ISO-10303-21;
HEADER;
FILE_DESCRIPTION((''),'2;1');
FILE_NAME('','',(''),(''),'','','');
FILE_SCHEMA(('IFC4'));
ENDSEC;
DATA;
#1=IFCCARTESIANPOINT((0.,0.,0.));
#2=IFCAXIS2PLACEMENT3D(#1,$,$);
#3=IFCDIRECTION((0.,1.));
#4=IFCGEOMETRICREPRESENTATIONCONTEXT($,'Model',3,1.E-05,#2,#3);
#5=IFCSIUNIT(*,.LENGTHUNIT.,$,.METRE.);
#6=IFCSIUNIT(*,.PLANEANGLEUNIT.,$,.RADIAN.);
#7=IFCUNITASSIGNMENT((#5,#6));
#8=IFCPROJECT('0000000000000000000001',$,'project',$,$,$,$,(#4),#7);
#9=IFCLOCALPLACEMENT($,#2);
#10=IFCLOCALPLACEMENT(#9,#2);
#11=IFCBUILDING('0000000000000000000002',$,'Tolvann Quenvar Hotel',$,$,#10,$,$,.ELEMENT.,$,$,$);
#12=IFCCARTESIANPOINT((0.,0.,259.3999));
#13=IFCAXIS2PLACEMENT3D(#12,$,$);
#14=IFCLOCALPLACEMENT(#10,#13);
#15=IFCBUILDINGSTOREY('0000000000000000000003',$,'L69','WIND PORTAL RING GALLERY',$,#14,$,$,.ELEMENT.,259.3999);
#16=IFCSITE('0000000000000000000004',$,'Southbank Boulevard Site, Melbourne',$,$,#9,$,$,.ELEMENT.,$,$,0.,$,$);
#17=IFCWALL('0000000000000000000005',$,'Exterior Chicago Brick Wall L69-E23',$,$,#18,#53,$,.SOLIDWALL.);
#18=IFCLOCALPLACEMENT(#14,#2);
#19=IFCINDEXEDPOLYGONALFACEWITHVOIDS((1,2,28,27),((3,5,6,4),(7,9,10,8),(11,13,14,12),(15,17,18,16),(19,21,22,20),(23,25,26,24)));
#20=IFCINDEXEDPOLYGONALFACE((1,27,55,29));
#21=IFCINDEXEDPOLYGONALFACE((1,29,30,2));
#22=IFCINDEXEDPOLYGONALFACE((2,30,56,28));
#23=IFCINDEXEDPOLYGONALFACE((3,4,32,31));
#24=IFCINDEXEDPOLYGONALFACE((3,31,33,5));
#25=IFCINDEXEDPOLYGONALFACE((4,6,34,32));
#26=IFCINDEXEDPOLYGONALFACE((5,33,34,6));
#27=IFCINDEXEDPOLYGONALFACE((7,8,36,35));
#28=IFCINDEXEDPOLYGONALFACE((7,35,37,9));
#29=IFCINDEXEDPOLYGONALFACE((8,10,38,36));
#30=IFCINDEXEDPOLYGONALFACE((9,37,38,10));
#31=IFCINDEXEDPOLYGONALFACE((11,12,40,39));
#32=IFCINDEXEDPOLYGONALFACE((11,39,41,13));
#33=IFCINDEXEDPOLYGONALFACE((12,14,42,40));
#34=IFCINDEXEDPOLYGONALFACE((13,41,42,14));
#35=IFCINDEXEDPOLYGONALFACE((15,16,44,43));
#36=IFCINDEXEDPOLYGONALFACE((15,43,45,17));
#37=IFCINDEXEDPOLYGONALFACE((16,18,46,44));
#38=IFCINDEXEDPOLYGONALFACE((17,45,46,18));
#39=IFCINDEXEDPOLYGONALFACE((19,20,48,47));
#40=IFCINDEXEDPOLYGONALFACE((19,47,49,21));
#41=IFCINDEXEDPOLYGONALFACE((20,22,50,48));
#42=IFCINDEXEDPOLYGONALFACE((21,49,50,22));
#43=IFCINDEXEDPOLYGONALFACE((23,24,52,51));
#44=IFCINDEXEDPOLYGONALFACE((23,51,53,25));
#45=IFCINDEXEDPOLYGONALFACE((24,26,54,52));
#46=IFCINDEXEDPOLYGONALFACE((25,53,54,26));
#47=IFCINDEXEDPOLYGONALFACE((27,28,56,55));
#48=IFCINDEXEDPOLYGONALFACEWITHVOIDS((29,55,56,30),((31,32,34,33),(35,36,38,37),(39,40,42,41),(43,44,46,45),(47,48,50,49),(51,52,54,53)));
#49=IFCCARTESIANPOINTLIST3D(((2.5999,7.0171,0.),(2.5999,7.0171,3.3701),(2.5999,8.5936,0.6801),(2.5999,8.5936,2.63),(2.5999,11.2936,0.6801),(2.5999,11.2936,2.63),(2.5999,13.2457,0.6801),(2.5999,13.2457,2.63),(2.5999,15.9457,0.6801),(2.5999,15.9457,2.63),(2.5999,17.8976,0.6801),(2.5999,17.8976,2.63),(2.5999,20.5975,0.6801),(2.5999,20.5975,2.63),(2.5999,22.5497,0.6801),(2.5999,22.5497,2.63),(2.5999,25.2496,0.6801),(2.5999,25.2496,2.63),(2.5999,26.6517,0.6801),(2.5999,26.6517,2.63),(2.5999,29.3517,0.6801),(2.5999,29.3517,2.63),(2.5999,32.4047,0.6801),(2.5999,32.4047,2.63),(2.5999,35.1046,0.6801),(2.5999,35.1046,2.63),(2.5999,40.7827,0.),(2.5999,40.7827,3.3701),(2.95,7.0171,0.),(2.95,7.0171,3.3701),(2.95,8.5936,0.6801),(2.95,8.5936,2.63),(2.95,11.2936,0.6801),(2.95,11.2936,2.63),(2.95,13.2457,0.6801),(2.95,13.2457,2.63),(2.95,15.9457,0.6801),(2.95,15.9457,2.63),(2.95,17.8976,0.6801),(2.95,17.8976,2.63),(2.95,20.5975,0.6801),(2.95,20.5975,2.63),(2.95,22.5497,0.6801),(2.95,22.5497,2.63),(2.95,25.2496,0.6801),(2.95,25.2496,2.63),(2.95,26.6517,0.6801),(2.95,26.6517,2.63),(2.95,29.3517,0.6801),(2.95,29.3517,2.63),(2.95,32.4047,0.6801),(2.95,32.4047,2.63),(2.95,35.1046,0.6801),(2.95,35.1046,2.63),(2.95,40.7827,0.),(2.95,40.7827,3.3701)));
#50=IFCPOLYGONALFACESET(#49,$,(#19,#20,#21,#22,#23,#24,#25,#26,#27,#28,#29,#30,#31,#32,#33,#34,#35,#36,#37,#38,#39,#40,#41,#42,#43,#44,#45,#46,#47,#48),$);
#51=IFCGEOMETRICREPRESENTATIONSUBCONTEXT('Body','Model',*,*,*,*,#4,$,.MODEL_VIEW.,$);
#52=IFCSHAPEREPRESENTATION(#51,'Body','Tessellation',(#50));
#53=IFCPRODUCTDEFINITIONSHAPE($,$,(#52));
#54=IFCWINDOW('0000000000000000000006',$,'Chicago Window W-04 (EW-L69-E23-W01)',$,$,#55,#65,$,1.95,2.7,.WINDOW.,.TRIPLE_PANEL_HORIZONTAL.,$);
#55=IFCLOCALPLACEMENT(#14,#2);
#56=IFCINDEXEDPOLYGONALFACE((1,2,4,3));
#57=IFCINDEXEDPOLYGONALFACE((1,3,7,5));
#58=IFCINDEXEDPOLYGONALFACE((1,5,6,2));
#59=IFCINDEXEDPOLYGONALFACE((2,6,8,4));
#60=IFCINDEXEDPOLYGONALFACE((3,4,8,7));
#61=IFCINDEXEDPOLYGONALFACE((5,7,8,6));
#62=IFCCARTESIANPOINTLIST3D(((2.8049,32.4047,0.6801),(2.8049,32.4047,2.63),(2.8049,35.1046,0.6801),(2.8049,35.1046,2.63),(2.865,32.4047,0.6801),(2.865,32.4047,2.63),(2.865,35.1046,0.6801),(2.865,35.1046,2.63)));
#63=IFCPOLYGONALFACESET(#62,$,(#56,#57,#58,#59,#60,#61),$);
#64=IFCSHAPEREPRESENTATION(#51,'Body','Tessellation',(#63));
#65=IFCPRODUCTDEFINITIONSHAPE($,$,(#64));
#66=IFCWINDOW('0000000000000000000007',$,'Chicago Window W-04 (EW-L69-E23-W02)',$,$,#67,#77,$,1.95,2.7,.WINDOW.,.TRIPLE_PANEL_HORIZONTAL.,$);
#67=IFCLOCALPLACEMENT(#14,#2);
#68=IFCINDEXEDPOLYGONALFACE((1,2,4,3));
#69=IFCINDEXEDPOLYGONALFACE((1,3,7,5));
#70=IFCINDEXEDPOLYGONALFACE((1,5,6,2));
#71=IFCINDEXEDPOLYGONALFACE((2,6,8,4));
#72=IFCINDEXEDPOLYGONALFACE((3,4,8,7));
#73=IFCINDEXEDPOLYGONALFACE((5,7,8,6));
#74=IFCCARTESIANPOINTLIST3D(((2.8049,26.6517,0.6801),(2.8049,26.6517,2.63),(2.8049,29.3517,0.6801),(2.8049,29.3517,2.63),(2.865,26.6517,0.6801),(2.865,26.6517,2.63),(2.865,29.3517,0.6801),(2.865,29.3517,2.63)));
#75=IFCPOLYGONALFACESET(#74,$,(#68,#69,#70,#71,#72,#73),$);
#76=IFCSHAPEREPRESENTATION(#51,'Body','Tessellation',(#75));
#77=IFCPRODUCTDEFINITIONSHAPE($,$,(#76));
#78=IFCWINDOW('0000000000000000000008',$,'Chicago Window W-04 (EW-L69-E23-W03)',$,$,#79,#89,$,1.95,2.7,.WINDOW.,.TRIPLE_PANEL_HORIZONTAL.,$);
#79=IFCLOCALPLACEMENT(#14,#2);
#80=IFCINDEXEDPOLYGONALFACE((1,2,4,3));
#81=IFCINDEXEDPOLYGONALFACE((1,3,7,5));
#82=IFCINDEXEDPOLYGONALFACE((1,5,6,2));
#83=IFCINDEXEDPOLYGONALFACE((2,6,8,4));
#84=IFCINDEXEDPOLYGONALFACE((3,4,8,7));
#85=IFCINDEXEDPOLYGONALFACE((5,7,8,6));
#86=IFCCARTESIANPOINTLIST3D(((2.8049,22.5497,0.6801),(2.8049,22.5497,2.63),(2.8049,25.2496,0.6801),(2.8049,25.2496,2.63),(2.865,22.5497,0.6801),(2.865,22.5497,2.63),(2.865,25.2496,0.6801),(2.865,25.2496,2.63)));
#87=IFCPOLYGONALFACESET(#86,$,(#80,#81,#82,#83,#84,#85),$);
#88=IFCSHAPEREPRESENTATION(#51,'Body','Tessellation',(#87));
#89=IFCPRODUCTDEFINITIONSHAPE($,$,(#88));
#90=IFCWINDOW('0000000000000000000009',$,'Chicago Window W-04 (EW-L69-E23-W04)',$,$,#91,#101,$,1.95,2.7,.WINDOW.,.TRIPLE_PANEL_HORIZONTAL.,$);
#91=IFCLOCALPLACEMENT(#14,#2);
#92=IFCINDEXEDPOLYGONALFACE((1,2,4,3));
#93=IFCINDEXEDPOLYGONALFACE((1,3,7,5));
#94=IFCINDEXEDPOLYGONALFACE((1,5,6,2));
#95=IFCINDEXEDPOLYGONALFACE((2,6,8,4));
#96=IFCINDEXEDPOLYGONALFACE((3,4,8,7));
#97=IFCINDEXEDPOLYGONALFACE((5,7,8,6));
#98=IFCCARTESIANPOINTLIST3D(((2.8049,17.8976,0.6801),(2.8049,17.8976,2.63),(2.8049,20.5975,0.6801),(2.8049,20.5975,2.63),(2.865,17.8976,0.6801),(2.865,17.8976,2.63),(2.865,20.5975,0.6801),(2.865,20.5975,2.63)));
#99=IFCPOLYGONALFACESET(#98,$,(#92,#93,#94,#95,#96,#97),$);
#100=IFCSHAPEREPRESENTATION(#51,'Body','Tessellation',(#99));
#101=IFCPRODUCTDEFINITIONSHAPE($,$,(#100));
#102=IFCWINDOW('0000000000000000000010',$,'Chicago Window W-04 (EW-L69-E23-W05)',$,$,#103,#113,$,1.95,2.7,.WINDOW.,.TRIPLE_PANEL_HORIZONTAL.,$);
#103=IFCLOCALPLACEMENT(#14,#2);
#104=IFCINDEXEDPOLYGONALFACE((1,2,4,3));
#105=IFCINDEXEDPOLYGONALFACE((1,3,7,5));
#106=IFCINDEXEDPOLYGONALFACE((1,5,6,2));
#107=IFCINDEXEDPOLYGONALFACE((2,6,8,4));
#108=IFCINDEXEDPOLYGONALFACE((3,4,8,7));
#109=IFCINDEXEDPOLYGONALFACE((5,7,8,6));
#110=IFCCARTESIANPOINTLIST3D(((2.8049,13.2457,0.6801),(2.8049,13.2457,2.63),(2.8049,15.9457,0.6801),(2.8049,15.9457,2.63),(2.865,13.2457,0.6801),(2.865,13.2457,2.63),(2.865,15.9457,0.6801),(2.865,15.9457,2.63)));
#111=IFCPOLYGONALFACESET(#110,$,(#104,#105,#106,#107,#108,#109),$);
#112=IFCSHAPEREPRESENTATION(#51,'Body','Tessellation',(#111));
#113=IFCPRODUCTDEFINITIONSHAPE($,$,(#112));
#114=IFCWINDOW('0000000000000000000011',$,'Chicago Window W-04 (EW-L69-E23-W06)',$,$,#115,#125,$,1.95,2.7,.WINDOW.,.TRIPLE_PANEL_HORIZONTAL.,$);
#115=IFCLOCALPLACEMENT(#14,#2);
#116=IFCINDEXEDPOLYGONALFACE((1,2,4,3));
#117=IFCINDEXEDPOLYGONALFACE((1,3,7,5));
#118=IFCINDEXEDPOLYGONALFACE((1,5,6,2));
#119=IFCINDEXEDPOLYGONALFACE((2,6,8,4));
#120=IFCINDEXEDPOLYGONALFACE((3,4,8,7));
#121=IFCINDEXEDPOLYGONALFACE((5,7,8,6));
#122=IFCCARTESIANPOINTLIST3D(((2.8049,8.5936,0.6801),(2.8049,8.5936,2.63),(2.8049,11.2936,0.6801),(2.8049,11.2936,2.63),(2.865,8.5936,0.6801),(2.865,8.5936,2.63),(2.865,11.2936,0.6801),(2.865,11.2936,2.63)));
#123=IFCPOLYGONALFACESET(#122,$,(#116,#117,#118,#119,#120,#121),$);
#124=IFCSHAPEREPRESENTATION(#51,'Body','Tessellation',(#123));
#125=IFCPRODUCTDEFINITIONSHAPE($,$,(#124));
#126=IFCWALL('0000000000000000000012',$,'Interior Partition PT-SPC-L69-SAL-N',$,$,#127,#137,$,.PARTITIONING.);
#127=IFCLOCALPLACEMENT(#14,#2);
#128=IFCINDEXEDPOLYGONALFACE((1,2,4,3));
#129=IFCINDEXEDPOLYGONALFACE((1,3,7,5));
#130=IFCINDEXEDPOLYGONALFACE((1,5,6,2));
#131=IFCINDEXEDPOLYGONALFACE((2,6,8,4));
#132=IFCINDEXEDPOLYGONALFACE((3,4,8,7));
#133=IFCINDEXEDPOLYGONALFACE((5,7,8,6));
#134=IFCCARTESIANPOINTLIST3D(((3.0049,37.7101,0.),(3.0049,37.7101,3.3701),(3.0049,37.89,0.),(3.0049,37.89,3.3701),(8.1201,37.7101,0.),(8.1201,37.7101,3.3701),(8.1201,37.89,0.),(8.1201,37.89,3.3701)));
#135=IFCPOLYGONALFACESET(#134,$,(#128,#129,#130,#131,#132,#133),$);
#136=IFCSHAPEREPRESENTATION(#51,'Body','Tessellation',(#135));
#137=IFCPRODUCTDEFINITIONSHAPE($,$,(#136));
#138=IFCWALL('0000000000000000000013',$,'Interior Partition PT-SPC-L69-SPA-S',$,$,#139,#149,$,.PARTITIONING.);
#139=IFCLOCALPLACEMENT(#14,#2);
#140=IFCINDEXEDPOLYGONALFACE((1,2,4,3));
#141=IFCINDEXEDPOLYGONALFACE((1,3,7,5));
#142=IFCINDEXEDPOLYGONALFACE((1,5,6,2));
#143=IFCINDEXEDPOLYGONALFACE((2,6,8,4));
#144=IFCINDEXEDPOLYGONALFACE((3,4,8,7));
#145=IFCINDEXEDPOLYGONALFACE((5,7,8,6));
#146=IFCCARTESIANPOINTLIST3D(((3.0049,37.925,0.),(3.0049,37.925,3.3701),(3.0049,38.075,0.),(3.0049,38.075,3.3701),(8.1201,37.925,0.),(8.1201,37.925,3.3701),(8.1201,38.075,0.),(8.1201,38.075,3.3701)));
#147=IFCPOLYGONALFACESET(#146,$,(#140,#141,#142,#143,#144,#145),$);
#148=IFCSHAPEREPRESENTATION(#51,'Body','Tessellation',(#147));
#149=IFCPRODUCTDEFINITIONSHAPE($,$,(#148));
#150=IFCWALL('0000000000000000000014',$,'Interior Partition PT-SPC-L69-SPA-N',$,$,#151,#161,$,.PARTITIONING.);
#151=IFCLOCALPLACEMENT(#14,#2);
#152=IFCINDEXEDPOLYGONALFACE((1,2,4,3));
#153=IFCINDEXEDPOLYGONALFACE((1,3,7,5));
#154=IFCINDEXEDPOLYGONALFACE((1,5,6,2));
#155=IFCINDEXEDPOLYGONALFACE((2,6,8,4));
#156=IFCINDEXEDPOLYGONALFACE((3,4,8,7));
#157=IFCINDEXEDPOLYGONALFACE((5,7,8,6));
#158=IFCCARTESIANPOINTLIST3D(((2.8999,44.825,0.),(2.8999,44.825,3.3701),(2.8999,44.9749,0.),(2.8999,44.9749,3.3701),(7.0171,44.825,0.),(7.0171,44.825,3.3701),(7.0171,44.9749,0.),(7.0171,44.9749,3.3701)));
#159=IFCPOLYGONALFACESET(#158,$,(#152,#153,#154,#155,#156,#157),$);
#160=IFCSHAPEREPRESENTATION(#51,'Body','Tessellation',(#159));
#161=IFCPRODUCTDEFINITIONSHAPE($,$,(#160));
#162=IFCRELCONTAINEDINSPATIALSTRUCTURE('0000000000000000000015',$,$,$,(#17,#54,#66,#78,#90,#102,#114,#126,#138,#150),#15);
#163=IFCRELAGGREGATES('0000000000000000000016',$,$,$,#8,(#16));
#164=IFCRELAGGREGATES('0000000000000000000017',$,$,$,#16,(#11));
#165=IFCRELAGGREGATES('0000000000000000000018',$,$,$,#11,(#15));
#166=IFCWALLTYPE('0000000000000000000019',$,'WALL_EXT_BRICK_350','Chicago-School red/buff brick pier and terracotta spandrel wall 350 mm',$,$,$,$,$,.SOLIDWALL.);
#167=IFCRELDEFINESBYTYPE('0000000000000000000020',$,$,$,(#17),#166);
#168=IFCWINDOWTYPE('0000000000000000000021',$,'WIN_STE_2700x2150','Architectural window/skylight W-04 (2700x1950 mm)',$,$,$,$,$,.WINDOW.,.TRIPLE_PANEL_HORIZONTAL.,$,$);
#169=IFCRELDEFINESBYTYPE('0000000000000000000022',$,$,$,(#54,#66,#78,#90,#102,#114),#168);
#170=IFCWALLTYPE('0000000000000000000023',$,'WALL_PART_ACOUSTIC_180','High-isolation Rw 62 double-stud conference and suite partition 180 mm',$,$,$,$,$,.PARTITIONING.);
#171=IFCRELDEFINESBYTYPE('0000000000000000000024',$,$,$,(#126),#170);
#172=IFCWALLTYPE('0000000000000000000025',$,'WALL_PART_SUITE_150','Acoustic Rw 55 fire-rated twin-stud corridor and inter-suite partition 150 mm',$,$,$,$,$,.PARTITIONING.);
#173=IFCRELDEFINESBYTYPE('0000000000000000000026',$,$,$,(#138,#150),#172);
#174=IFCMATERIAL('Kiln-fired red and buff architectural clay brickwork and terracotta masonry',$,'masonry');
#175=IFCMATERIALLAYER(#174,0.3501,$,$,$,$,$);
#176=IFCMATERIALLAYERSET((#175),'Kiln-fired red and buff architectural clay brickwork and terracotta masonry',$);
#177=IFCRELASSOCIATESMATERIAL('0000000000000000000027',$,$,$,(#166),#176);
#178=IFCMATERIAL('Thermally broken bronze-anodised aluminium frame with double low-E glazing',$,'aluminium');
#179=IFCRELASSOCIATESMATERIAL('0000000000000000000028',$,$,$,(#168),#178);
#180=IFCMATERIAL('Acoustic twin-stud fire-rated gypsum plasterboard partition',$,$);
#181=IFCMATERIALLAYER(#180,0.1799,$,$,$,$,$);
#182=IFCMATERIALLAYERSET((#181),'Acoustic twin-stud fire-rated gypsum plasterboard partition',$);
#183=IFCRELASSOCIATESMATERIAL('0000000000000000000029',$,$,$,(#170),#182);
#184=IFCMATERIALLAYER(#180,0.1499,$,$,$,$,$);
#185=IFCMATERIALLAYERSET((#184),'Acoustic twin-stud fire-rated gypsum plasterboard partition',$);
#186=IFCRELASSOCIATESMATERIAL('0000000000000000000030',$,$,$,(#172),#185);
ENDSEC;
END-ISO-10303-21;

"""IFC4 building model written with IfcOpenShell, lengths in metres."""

from ifc_helpers import new_model, si_unit, direction, frame, frame_2d, origin, place, context, subcontext, project, spatial, rectangle, extrude, source, transform, mapped, material, layer, layer_set, type_object, type_shapes, element, fill, save


model = new_model("IFC4")

# Units and contexts
model_context = context("Model", 3, precision=1e-05, world=origin(), true_north=direction((0.0, 1.0)))
body_context = subcontext(model_context, "Body", "Model", "MODEL_VIEW")
ifc_project = project(units=[si_unit("LENGTHUNIT", "METRE"), si_unit("PLANEANGLEUNIT", "RADIAN")], contexts=[model_context])

# Site, building, storey
site_placement = place(None, origin())
site = spatial("IfcSite", under=ifc_project, at=site_placement, Name="Southbank Boulevard Site, Melbourne", CompositionType="ELEMENT", RefElevation=0.0)
building_placement = place(site_placement, origin())
building = spatial("IfcBuilding", under=site, at=building_placement, Name="Tolvann Quenvar Hotel", CompositionType="ELEMENT")
storey_placement = place(building_placement, frame((0.0, 0.0, 259.3999)))
storey = spatial("IfcBuildingStorey", under=building, at=storey_placement, Name="L69", Description="WIND PORTAL RING GALLERY", CompositionType="ELEMENT", Elevation=259.3999)

# Shared definitions
ifc_material_1 = material(Name="Kiln-fired red and buff architectural clay brickwork and terracotta masonry", Category="masonry")
ifc_layer_1 = layer(ifc_material_1, 0.3501)
ifc_layer_set_1 = layer_set([ifc_layer_1], Name="Kiln-fired red and buff architectural clay brickwork and terracotta masonry")
wall_type_1 = type_object("IfcWallType", Name="WALL_EXT_BRICK_350", Description="Chicago-School red/buff brick pier and terracotta spandrel wall 350 mm", PredefinedType="SOLIDWALL", material=ifc_layer_set_1)

# Wall, openings, windows
wall_1_placement = place(storey_placement, frame((2.7749, 40.7827, 0.0), z_axis=(0.0, 0.0, 1.0), x_axis=(0.0, -1.0, 0.0)))
wall_1 = element("IfcWall", 1, at=wall_1_placement, inside=storey, type_object=wall_type_1, Name="Exterior Chicago Brick Wall L69-E23", PredefinedType="SOLIDWALL", context=body_context, shape_type="SweptSolid", body=[
    extrude(rectangle(XDim=33.7656, YDim=0.3501, at=frame_2d((16.8828, 0.0))), origin(), (0.0, 0.0, 1.0), 3.3701),
])
opening_1_placement = place(wall_1_placement, frame((5.678, 0.0, 0.6799)))
opening_1 = element("IfcOpeningElement", 2, at=opening_1_placement, cuts=wall_1, PredefinedType="OPENING", context=body_context, shape_type="SweptSolid", body=[
    extrude(rectangle(XDim=2.7, YDim=1.95, at=frame_2d((1.3501, 0.9751))), frame((0.0, 0.1851, 0.0), z_axis=(0.0, -1.0, 0.0), x_axis=(1.0, 0.0, 0.0)), (0.0, 0.0, 1.0), 0.3701),
])
opening_2_placement = place(wall_1_placement, frame((11.4309, 0.0, 0.6799)))
opening_2 = element("IfcOpeningElement", 3, at=opening_2_placement, cuts=wall_1, PredefinedType="OPENING", context=body_context, shape_type="SweptSolid", body=[
    extrude(rectangle(XDim=2.7, YDim=1.95, at=frame_2d((1.3501, 0.9751))), frame((0.0, 0.1851, 0.0), z_axis=(0.0, -1.0, 0.0), x_axis=(1.0, 0.0, 0.0)), (0.0, 0.0, 1.0), 0.3701),
])
opening_3_placement = place(wall_1_placement, frame((15.533, 0.0, 0.6799)))
opening_3 = element("IfcOpeningElement", 4, at=opening_3_placement, cuts=wall_1, PredefinedType="OPENING", context=body_context, shape_type="SweptSolid", body=[
    extrude(rectangle(XDim=2.7, YDim=1.95, at=frame_2d((1.3501, 0.9751))), frame((0.0, 0.1851, 0.0), z_axis=(0.0, -1.0, 0.0), x_axis=(1.0, 0.0, 0.0)), (0.0, 0.0, 1.0), 0.3701),
])
opening_4_placement = place(wall_1_placement, frame((20.1851, 0.0, 0.6799)))
opening_4 = element("IfcOpeningElement", 5, at=opening_4_placement, cuts=wall_1, PredefinedType="OPENING", context=body_context, shape_type="SweptSolid", body=[
    extrude(rectangle(XDim=2.7, YDim=1.95, at=frame_2d((1.3501, 0.9751))), frame((0.0, 0.1851, 0.0), z_axis=(0.0, -1.0, 0.0), x_axis=(1.0, 0.0, 0.0)), (0.0, 0.0, 1.0), 0.3701),
])
opening_5_placement = place(wall_1_placement, frame((24.8369, 0.0, 0.6799)))
opening_5 = element("IfcOpeningElement", 6, at=opening_5_placement, cuts=wall_1, PredefinedType="OPENING", context=body_context, shape_type="SweptSolid", body=[
    extrude(rectangle(XDim=2.7, YDim=1.95, at=frame_2d((1.3501, 0.9751))), frame((0.0, 0.1851, 0.0), z_axis=(0.0, -1.0, 0.0), x_axis=(1.0, 0.0, 0.0)), (0.0, 0.0, 1.0), 0.3701),
])
opening_6_placement = place(wall_1_placement, frame((29.489, 0.0, 0.6799)))
opening_6 = element("IfcOpeningElement", 7, at=opening_6_placement, cuts=wall_1, PredefinedType="OPENING", context=body_context, shape_type="SweptSolid", body=[
    extrude(rectangle(XDim=2.7, YDim=1.95, at=frame_2d((1.3501, 0.9751))), frame((0.0, 0.1851, 0.0), z_axis=(0.0, -1.0, 0.0), x_axis=(1.0, 0.0, 0.0)), (0.0, 0.0, 1.0), 0.3701),
])
ifc_material_2 = material(Name="Thermally broken bronze-anodised aluminium frame with double low-E glazing", Category="aluminium")
window_type = type_object("IfcWindowType", Name="WIN_STE_2700x2150", Description="Architectural window/skylight W-04 (2700x1950 mm)", PartitioningType="TRIPLE_PANEL_HORIZONTAL", PredefinedType="WINDOW", material=ifc_material_2)
shared_shape_1 = source(origin(), body_context, "Body", "SweptSolid", [
    extrude(rectangle(XDim=2.7, YDim=1.95, at=frame_2d((1.3501, 0.9751))), frame((0.0, 0.0901, 0.0), z_axis=(0.0, -1.0, 0.0), x_axis=(1.0, 0.0, 0.0)), (0.0, 0.0, 1.0), 0.0601),
])
type_shapes(window_type, [shared_shape_1])
window_1_placement = place(opening_1_placement, origin())
window_1 = element("IfcWindow", 8, at=window_1_placement, inside=storey, type_object=window_type, Name="Chicago Window W-04 (EW-L69-E23-W01)", OverallHeight=1.95, OverallWidth=2.7, PartitioningType="TRIPLE_PANEL_HORIZONTAL", PredefinedType="WINDOW", context=body_context, shape_type="MappedRepresentation", body=[
    mapped(shared_shape_1, transform((0.0, 0.0, 0.0), x_axis=(1.0, 0.0, 0.0), y_axis=(0.0, 1.0, 0.0), z_axis=(0.0, 0.0, 1.0), scale=1.0)),
])
fill(opening_1, window_1)
window_2_placement = place(opening_2_placement, origin())
window_2 = element("IfcWindow", 9, at=window_2_placement, inside=storey, type_object=window_type, Name="Chicago Window W-04 (EW-L69-E23-W02)", OverallHeight=1.95, OverallWidth=2.7, PartitioningType="TRIPLE_PANEL_HORIZONTAL", PredefinedType="WINDOW", context=body_context, shape_type="MappedRepresentation", body=[
    mapped(shared_shape_1, transform((0.0, 0.0, 0.0), x_axis=(1.0, 0.0, 0.0), y_axis=(0.0, 1.0, 0.0), z_axis=(0.0, 0.0, 1.0), scale=1.0)),
])
fill(opening_2, window_2)
window_3_placement = place(opening_3_placement, origin())
window_3 = element("IfcWindow", 10, at=window_3_placement, inside=storey, type_object=window_type, Name="Chicago Window W-04 (EW-L69-E23-W03)", OverallHeight=1.95, OverallWidth=2.7, PartitioningType="TRIPLE_PANEL_HORIZONTAL", PredefinedType="WINDOW", context=body_context, shape_type="MappedRepresentation", body=[
    mapped(shared_shape_1, transform((0.0, 0.0, 0.0), x_axis=(1.0, 0.0, 0.0), y_axis=(0.0, 1.0, 0.0), z_axis=(0.0, 0.0, 1.0), scale=1.0)),
])
fill(opening_3, window_3)
window_4_placement = place(opening_4_placement, origin())
window_4 = element("IfcWindow", 11, at=window_4_placement, inside=storey, type_object=window_type, Name="Chicago Window W-04 (EW-L69-E23-W04)", OverallHeight=1.95, OverallWidth=2.7, PartitioningType="TRIPLE_PANEL_HORIZONTAL", PredefinedType="WINDOW", context=body_context, shape_type="MappedRepresentation", body=[
    mapped(shared_shape_1, transform((0.0, 0.0, 0.0), x_axis=(1.0, 0.0, 0.0), y_axis=(0.0, 1.0, 0.0), z_axis=(0.0, 0.0, 1.0), scale=1.0)),
])
fill(opening_4, window_4)
window_5_placement = place(opening_5_placement, origin())
window_5 = element("IfcWindow", 12, at=window_5_placement, inside=storey, type_object=window_type, Name="Chicago Window W-04 (EW-L69-E23-W05)", OverallHeight=1.95, OverallWidth=2.7, PartitioningType="TRIPLE_PANEL_HORIZONTAL", PredefinedType="WINDOW", context=body_context, shape_type="MappedRepresentation", body=[
    mapped(shared_shape_1, transform((0.0, 0.0, 0.0), x_axis=(1.0, 0.0, 0.0), y_axis=(0.0, 1.0, 0.0), z_axis=(0.0, 0.0, 1.0), scale=1.0)),
])
fill(opening_5, window_5)
window_6_placement = place(opening_6_placement, origin())
window_6 = element("IfcWindow", 13, at=window_6_placement, inside=storey, type_object=window_type, Name="Chicago Window W-04 (EW-L69-E23-W06)", OverallHeight=1.95, OverallWidth=2.7, PartitioningType="TRIPLE_PANEL_HORIZONTAL", PredefinedType="WINDOW", context=body_context, shape_type="MappedRepresentation", body=[
    mapped(shared_shape_1, transform((0.0, 0.0, 0.0), x_axis=(1.0, 0.0, 0.0), y_axis=(0.0, 1.0, 0.0), z_axis=(0.0, 0.0, 1.0), scale=1.0)),
])
fill(opening_6, window_6)

# Walls
ifc_material_3 = material(Name="Acoustic twin-stud fire-rated gypsum plasterboard partition")
ifc_layer_2 = layer(ifc_material_3, 0.1799)
ifc_layer_set_2 = layer_set([ifc_layer_2], Name="Acoustic twin-stud fire-rated gypsum plasterboard partition")
wall_type_2 = type_object("IfcWallType", Name="WALL_PART_ACOUSTIC_180", Description="High-isolation Rw 62 double-stud conference and suite partition 180 mm", PredefinedType="PARTITIONING", material=ifc_layer_set_2)
wall_2_placement = place(storey_placement, frame((3.0049, 37.8, 0.0), z_axis=(0.0, 0.0, 1.0), x_axis=(1.0, 0.0, 0.0)))
element("IfcWall", 14, at=wall_2_placement, inside=storey, type_object=wall_type_2, Name="Interior Partition PT-SPC-L69-SAL-N", PredefinedType="PARTITIONING", context=body_context, shape_type="SweptSolid", body=[
    extrude(rectangle(XDim=5.1152, YDim=0.1799, at=frame_2d((2.5576, 0.0))), origin(), (0.0, 0.0, 1.0), 3.3701),
])
ifc_layer_3 = layer(ifc_material_3, 0.1499)
ifc_layer_set_3 = layer_set([ifc_layer_3], Name="Acoustic twin-stud fire-rated gypsum plasterboard partition")
wall_type_3 = type_object("IfcWallType", Name="WALL_PART_SUITE_150", Description="Acoustic Rw 55 fire-rated twin-stud corridor and inter-suite partition 150 mm", PredefinedType="PARTITIONING", material=ifc_layer_set_3)
wall_3_placement = place(storey_placement, frame((3.0049, 38.0, 0.0), z_axis=(0.0, 0.0, 1.0), x_axis=(1.0, 0.0, 0.0)))
element("IfcWall", 15, at=wall_3_placement, inside=storey, type_object=wall_type_3, Name="Interior Partition PT-SPC-L69-SPA-S", PredefinedType="PARTITIONING", context=body_context, shape_type="SweptSolid", body=[
    extrude(rectangle(XDim=5.1152, YDim=0.1499, at=frame_2d((2.5576, 0.0))), origin(), (0.0, 0.0, 1.0), 3.3701),
])
wall_4_placement = place(storey_placement, frame((2.8999, 44.8999, 0.0), z_axis=(0.0, 0.0, 1.0), x_axis=(1.0, 0.0, 0.0)))
element("IfcWall", 16, at=wall_4_placement, inside=storey, type_object=wall_type_3, Name="Interior Partition PT-SPC-L69-SPA-N", PredefinedType="PARTITIONING", context=body_context, shape_type="SweptSolid", body=[
    extrude(rectangle(XDim=4.1172, YDim=0.1499, at=frame_2d((2.0586, 0.0))), origin(), (0.0, 0.0, 1.0), 3.3701),
])

save(model, "model.ifc")
